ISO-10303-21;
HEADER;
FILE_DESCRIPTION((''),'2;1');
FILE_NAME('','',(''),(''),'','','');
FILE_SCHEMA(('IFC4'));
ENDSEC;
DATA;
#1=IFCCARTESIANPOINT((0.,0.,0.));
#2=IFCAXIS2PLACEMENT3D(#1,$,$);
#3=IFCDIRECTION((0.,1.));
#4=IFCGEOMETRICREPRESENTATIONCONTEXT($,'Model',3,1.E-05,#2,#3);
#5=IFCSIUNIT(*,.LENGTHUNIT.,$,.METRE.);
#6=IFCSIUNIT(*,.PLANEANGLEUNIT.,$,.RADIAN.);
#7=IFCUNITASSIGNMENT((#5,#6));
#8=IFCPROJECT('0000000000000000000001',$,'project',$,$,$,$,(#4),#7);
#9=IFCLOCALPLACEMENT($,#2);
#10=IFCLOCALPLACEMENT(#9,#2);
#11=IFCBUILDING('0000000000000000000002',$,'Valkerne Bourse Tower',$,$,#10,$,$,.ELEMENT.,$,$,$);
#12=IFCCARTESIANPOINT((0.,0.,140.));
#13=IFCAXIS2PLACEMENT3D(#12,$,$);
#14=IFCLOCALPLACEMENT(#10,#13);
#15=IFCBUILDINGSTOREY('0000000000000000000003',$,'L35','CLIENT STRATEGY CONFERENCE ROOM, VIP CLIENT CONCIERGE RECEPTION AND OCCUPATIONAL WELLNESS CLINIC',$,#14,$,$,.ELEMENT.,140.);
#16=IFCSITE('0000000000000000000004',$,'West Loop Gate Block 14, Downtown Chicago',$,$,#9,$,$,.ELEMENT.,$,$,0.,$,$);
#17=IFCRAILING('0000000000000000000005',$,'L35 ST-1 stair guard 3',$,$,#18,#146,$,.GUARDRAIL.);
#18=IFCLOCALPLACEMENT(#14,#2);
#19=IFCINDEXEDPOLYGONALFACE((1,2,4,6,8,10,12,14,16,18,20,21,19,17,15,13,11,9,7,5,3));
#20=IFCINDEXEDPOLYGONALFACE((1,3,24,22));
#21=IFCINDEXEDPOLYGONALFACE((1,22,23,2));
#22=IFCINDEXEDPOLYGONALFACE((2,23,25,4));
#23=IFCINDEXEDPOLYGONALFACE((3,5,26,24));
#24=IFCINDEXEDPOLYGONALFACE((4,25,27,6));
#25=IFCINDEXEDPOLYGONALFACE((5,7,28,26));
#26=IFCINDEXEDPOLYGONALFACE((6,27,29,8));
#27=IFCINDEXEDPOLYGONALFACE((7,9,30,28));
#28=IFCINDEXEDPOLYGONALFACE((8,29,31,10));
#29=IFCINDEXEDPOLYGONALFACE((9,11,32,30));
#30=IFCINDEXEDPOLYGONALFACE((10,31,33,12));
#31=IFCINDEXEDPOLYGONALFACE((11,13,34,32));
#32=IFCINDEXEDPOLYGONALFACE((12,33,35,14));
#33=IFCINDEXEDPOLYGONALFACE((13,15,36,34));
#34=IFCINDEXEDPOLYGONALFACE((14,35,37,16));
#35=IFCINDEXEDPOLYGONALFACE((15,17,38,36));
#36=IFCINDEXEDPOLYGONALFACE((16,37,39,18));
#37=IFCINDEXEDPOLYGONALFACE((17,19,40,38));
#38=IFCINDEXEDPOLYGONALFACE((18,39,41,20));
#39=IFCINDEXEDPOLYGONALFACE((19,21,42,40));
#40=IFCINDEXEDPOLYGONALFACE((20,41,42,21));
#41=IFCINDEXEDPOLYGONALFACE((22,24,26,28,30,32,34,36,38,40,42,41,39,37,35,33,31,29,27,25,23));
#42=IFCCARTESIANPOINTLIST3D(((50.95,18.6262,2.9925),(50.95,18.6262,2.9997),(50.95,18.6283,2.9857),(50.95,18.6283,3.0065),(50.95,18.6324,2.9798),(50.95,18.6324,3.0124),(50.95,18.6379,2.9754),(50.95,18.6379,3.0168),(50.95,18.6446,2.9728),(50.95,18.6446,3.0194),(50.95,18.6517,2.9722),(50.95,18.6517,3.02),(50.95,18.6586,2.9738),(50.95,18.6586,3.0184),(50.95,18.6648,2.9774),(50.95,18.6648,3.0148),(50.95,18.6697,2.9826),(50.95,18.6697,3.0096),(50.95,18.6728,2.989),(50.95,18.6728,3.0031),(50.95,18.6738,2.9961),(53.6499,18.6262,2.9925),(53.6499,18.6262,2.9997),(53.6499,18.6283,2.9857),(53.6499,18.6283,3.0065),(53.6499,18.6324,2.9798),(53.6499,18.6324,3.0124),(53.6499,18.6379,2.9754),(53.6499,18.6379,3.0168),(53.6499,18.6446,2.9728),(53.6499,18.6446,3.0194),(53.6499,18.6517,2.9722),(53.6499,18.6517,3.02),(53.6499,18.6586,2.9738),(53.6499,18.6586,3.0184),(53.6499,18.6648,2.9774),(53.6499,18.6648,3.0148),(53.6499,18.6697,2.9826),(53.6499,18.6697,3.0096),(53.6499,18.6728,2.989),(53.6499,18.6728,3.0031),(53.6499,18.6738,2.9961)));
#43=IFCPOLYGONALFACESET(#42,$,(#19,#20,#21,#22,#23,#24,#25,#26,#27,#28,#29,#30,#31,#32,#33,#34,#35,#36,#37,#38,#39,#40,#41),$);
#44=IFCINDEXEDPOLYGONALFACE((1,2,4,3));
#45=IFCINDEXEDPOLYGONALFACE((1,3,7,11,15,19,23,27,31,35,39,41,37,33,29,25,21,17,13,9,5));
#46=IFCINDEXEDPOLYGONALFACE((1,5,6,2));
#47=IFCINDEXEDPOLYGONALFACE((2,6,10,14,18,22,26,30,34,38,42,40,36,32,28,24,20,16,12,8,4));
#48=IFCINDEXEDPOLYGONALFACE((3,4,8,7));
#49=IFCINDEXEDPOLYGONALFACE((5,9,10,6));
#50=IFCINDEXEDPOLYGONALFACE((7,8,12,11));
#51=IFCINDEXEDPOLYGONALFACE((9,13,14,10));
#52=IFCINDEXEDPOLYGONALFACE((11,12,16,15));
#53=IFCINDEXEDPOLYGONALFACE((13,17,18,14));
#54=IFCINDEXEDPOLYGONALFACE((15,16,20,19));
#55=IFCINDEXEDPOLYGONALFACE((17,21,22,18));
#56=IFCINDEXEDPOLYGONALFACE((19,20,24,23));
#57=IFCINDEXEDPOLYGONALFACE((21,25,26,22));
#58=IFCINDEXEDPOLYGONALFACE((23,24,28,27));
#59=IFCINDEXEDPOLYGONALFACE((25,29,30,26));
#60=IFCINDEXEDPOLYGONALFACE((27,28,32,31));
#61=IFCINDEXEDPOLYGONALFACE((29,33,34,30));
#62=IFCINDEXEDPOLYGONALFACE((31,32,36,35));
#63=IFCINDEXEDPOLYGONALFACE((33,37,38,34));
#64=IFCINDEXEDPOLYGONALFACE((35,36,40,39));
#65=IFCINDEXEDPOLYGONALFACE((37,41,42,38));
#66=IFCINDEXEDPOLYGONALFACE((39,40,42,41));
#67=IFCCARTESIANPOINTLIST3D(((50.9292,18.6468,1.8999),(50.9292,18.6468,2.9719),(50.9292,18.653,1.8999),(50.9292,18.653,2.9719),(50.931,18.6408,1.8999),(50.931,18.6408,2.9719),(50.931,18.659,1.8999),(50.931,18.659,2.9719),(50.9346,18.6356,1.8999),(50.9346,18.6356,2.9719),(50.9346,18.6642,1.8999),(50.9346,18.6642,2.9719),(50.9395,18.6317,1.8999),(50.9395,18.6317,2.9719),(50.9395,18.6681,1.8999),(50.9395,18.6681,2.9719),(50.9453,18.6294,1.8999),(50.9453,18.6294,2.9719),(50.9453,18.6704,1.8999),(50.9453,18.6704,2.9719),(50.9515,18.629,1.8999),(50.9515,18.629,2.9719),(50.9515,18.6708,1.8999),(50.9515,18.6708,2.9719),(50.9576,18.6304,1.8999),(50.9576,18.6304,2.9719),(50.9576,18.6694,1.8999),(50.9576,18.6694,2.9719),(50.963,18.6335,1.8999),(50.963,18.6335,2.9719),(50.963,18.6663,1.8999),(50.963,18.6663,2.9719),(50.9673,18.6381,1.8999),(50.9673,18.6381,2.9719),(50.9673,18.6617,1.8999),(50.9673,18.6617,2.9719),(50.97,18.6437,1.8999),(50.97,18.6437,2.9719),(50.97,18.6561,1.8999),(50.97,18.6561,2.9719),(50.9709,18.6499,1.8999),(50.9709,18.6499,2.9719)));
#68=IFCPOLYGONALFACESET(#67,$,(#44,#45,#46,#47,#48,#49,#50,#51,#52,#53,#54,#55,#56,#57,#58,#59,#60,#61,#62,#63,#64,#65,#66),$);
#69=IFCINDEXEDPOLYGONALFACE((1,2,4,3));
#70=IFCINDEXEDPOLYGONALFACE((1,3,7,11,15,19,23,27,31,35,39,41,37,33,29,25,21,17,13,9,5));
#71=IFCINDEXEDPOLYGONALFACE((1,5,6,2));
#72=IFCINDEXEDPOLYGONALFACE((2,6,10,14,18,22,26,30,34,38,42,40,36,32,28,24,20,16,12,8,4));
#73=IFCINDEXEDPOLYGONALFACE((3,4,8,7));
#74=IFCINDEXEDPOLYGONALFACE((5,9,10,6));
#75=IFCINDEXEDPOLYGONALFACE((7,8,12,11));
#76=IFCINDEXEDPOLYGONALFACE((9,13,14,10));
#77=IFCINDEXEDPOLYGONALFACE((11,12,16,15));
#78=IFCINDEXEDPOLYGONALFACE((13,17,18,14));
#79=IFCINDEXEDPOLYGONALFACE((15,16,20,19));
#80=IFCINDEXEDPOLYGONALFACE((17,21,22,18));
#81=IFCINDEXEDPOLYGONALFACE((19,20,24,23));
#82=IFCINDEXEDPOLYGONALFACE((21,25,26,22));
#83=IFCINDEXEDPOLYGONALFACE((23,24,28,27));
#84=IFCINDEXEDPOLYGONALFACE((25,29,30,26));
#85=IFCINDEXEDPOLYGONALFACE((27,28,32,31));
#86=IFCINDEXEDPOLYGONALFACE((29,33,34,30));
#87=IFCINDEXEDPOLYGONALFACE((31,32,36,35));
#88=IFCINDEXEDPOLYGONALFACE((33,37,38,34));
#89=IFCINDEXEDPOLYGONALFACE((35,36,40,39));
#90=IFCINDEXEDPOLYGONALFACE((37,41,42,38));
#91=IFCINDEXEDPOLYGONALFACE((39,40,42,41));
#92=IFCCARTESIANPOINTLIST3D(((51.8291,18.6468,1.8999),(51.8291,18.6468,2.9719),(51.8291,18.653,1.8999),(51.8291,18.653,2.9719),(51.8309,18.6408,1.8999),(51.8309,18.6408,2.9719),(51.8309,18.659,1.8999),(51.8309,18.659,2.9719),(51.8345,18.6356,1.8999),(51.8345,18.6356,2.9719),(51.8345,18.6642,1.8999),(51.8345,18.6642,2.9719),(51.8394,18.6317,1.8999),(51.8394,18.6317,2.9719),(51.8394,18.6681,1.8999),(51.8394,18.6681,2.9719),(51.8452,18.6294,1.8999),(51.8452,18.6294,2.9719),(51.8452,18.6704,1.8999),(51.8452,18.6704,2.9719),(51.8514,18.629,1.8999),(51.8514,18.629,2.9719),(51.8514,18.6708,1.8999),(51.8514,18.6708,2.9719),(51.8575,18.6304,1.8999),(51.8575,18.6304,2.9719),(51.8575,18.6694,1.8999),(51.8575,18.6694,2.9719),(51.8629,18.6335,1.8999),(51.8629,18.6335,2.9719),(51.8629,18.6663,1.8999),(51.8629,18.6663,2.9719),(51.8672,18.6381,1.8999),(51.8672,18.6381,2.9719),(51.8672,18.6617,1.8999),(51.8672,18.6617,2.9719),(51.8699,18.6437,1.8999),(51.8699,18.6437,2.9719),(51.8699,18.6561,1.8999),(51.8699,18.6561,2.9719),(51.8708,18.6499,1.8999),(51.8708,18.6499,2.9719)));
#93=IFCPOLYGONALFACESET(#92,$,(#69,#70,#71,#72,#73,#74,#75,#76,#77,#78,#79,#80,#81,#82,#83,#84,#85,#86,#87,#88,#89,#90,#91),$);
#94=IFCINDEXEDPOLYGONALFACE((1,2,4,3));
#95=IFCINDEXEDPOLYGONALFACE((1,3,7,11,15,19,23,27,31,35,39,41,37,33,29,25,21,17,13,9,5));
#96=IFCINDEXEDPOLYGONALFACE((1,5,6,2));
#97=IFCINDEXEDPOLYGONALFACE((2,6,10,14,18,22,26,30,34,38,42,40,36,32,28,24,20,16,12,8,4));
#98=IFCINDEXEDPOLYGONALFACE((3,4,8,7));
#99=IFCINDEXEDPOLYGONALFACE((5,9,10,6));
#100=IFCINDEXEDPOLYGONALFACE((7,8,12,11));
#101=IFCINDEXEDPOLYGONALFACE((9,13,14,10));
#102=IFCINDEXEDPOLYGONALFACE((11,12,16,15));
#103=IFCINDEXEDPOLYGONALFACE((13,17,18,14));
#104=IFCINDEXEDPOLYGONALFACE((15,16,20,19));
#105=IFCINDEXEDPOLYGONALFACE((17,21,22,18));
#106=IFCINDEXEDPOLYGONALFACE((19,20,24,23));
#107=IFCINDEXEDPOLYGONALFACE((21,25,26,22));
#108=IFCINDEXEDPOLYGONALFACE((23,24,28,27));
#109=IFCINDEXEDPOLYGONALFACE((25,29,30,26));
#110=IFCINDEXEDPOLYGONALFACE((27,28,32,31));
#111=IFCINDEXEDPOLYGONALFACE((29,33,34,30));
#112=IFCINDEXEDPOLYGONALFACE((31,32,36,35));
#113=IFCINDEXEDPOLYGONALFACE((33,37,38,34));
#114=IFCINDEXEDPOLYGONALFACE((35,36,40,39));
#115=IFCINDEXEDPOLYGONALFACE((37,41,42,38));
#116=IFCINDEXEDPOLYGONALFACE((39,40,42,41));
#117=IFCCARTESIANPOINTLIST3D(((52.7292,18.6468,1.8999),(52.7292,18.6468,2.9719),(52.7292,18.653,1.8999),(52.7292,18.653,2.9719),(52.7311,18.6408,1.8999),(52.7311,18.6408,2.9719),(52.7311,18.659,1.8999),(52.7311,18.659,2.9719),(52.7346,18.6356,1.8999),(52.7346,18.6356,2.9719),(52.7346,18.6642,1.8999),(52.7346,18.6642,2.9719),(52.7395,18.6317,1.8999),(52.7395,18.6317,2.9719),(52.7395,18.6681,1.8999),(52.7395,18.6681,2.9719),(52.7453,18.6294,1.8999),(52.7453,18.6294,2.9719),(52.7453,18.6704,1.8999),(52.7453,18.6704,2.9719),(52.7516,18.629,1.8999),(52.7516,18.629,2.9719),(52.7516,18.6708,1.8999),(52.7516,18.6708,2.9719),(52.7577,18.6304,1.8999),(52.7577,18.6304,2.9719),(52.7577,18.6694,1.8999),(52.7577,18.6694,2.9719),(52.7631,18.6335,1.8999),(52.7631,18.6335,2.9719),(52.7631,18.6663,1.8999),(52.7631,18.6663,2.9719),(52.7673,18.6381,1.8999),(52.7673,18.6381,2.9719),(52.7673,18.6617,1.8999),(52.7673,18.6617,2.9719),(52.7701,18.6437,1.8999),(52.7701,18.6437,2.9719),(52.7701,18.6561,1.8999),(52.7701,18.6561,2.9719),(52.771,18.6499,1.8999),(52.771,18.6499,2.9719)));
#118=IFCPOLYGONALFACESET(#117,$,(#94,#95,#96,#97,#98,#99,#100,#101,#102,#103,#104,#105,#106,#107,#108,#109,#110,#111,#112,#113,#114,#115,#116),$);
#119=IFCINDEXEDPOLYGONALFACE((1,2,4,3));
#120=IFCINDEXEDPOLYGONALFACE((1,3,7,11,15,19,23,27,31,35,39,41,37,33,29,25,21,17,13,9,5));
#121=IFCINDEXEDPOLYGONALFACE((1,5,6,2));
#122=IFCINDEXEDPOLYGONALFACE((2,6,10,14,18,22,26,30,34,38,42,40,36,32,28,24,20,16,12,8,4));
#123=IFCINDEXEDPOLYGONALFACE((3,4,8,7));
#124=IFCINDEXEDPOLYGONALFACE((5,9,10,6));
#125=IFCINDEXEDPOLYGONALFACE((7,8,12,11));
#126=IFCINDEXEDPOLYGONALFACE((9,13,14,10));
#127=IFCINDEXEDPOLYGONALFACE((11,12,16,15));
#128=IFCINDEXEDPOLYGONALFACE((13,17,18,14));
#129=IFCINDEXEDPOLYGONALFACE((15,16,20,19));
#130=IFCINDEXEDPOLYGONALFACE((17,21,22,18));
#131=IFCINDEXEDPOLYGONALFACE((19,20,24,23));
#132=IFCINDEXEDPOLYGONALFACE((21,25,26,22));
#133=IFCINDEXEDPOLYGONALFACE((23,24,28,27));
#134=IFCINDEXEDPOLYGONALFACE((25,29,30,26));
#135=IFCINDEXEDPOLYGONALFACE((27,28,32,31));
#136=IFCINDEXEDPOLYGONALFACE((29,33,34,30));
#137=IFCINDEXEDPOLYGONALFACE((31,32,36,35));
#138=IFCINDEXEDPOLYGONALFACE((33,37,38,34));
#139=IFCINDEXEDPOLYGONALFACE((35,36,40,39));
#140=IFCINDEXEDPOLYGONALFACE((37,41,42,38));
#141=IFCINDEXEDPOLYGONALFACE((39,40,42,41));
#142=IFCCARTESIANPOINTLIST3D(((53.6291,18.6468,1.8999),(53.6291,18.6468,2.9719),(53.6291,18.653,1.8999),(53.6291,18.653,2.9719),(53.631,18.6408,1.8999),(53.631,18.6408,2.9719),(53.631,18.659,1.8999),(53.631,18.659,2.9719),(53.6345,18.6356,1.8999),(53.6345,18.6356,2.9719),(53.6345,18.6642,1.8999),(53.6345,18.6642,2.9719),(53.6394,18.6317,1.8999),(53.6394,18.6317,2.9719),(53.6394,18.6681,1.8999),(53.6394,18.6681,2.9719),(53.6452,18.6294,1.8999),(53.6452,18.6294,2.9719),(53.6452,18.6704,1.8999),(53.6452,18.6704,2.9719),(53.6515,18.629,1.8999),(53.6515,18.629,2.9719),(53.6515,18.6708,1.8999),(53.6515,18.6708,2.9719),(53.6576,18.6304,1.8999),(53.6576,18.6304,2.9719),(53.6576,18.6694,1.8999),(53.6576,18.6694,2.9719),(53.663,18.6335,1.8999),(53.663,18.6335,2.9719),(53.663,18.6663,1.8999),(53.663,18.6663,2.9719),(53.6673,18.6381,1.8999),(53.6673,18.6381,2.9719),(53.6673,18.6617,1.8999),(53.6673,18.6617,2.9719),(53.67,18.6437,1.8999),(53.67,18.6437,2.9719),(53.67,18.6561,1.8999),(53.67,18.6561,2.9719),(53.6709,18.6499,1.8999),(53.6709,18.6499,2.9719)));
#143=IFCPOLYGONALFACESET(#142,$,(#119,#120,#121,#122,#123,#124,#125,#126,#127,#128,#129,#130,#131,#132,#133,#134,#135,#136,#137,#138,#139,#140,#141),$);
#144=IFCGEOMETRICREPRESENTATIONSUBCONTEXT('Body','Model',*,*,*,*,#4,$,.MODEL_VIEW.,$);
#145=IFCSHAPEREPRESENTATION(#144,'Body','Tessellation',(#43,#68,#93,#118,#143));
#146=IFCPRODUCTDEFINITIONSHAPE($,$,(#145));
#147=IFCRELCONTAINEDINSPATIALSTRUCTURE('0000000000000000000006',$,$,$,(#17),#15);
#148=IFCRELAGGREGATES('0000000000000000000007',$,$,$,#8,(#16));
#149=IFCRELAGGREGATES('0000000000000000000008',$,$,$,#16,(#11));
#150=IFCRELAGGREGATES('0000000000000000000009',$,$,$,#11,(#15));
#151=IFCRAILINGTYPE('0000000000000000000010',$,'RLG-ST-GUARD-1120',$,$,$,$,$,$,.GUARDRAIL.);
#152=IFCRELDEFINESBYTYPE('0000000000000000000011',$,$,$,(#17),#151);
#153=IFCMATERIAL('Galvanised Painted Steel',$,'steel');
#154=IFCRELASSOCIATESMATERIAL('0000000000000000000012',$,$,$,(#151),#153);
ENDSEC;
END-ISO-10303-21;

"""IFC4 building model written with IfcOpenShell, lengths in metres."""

from ifc_helpers import new_model, si_unit, direction, frame, origin, origin_2d, place, context, subcontext, project, spatial, circle, extrude, material, type_object, element, save


model = new_model("IFC4")

# Units and contexts
model_context = context("Model", 3, precision=1e-05, world=origin(), true_north=direction((0.0, 1.0)))
body_context = subcontext(model_context, "Body", "Model", "MODEL_VIEW")
ifc_project = project(units=[si_unit("LENGTHUNIT", "METRE"), si_unit("PLANEANGLEUNIT", "RADIAN")], contexts=[model_context])

# Site, building, storey
site_placement = place(None, origin())
site = spatial("IfcSite", under=ifc_project, at=site_placement, Name="West Loop Gate Block 14, Downtown Chicago", CompositionType="ELEMENT", RefElevation=0.0)
building_placement = place(site_placement, origin())
building = spatial("IfcBuilding", under=site, at=building_placement, Name="Valkerne Bourse Tower", CompositionType="ELEMENT")
storey_placement = place(building_placement, frame((0.0, 0.0, 140.0)))
storey = spatial("IfcBuildingStorey", under=building, at=storey_placement, Name="L35", Description="CLIENT STRATEGY CONFERENCE ROOM, VIP CLIENT CONCIERGE RECEPTION AND OCCUPATIONAL WELLNESS CLINIC", CompositionType="ELEMENT", Elevation=140.0)

# Shared definitions
ifc_material_1 = material(Name="Galvanised Painted Steel", Category="steel")

# Railing
railing_type_1 = type_object("IfcRailingType", Name="RLG-ST-GUARD-1120", PredefinedType="GUARDRAIL", material=ifc_material_1)
for number, where, name in (
    (1, (50.95, 18.6499, 1.8999), "L35 ST-1 stair guard 3"),
):
    element("IfcRailing", number, at=place(storey_placement, frame(where)), inside=storey, type_object=railing_type_1, Name=name, PredefinedType="GUARDRAIL", context=body_context, shape_type="SweptSolid", body=[
        extrude(circle(Radius=0.0239, at=origin_2d()), frame((0.0, 0.0, 1.0962), z_axis=(1.0, 0.0, 0.0), x_axis=(0.0, 1.0, 0.0)), (0.0, 0.0, 1.0), 2.7),
        extrude(circle(Radius=0.021, at=origin_2d()), origin(), (0.0, 0.0, 1.0), 1.072),
        extrude(circle(Radius=0.021, at=origin_2d()), frame((0.8999, 0.0, 0.0)), (0.0, 0.0, 1.0), 1.072),
        extrude(circle(Radius=0.021, at=origin_2d()), frame((1.8, 0.0, 0.0)), (0.0, 0.0, 1.0), 1.072),
        extrude(circle(Radius=0.021, at=origin_2d()), frame((2.7, 0.0, 0.0)), (0.0, 0.0, 1.0), 1.072),
    ])

save(model, "model.ifc")
